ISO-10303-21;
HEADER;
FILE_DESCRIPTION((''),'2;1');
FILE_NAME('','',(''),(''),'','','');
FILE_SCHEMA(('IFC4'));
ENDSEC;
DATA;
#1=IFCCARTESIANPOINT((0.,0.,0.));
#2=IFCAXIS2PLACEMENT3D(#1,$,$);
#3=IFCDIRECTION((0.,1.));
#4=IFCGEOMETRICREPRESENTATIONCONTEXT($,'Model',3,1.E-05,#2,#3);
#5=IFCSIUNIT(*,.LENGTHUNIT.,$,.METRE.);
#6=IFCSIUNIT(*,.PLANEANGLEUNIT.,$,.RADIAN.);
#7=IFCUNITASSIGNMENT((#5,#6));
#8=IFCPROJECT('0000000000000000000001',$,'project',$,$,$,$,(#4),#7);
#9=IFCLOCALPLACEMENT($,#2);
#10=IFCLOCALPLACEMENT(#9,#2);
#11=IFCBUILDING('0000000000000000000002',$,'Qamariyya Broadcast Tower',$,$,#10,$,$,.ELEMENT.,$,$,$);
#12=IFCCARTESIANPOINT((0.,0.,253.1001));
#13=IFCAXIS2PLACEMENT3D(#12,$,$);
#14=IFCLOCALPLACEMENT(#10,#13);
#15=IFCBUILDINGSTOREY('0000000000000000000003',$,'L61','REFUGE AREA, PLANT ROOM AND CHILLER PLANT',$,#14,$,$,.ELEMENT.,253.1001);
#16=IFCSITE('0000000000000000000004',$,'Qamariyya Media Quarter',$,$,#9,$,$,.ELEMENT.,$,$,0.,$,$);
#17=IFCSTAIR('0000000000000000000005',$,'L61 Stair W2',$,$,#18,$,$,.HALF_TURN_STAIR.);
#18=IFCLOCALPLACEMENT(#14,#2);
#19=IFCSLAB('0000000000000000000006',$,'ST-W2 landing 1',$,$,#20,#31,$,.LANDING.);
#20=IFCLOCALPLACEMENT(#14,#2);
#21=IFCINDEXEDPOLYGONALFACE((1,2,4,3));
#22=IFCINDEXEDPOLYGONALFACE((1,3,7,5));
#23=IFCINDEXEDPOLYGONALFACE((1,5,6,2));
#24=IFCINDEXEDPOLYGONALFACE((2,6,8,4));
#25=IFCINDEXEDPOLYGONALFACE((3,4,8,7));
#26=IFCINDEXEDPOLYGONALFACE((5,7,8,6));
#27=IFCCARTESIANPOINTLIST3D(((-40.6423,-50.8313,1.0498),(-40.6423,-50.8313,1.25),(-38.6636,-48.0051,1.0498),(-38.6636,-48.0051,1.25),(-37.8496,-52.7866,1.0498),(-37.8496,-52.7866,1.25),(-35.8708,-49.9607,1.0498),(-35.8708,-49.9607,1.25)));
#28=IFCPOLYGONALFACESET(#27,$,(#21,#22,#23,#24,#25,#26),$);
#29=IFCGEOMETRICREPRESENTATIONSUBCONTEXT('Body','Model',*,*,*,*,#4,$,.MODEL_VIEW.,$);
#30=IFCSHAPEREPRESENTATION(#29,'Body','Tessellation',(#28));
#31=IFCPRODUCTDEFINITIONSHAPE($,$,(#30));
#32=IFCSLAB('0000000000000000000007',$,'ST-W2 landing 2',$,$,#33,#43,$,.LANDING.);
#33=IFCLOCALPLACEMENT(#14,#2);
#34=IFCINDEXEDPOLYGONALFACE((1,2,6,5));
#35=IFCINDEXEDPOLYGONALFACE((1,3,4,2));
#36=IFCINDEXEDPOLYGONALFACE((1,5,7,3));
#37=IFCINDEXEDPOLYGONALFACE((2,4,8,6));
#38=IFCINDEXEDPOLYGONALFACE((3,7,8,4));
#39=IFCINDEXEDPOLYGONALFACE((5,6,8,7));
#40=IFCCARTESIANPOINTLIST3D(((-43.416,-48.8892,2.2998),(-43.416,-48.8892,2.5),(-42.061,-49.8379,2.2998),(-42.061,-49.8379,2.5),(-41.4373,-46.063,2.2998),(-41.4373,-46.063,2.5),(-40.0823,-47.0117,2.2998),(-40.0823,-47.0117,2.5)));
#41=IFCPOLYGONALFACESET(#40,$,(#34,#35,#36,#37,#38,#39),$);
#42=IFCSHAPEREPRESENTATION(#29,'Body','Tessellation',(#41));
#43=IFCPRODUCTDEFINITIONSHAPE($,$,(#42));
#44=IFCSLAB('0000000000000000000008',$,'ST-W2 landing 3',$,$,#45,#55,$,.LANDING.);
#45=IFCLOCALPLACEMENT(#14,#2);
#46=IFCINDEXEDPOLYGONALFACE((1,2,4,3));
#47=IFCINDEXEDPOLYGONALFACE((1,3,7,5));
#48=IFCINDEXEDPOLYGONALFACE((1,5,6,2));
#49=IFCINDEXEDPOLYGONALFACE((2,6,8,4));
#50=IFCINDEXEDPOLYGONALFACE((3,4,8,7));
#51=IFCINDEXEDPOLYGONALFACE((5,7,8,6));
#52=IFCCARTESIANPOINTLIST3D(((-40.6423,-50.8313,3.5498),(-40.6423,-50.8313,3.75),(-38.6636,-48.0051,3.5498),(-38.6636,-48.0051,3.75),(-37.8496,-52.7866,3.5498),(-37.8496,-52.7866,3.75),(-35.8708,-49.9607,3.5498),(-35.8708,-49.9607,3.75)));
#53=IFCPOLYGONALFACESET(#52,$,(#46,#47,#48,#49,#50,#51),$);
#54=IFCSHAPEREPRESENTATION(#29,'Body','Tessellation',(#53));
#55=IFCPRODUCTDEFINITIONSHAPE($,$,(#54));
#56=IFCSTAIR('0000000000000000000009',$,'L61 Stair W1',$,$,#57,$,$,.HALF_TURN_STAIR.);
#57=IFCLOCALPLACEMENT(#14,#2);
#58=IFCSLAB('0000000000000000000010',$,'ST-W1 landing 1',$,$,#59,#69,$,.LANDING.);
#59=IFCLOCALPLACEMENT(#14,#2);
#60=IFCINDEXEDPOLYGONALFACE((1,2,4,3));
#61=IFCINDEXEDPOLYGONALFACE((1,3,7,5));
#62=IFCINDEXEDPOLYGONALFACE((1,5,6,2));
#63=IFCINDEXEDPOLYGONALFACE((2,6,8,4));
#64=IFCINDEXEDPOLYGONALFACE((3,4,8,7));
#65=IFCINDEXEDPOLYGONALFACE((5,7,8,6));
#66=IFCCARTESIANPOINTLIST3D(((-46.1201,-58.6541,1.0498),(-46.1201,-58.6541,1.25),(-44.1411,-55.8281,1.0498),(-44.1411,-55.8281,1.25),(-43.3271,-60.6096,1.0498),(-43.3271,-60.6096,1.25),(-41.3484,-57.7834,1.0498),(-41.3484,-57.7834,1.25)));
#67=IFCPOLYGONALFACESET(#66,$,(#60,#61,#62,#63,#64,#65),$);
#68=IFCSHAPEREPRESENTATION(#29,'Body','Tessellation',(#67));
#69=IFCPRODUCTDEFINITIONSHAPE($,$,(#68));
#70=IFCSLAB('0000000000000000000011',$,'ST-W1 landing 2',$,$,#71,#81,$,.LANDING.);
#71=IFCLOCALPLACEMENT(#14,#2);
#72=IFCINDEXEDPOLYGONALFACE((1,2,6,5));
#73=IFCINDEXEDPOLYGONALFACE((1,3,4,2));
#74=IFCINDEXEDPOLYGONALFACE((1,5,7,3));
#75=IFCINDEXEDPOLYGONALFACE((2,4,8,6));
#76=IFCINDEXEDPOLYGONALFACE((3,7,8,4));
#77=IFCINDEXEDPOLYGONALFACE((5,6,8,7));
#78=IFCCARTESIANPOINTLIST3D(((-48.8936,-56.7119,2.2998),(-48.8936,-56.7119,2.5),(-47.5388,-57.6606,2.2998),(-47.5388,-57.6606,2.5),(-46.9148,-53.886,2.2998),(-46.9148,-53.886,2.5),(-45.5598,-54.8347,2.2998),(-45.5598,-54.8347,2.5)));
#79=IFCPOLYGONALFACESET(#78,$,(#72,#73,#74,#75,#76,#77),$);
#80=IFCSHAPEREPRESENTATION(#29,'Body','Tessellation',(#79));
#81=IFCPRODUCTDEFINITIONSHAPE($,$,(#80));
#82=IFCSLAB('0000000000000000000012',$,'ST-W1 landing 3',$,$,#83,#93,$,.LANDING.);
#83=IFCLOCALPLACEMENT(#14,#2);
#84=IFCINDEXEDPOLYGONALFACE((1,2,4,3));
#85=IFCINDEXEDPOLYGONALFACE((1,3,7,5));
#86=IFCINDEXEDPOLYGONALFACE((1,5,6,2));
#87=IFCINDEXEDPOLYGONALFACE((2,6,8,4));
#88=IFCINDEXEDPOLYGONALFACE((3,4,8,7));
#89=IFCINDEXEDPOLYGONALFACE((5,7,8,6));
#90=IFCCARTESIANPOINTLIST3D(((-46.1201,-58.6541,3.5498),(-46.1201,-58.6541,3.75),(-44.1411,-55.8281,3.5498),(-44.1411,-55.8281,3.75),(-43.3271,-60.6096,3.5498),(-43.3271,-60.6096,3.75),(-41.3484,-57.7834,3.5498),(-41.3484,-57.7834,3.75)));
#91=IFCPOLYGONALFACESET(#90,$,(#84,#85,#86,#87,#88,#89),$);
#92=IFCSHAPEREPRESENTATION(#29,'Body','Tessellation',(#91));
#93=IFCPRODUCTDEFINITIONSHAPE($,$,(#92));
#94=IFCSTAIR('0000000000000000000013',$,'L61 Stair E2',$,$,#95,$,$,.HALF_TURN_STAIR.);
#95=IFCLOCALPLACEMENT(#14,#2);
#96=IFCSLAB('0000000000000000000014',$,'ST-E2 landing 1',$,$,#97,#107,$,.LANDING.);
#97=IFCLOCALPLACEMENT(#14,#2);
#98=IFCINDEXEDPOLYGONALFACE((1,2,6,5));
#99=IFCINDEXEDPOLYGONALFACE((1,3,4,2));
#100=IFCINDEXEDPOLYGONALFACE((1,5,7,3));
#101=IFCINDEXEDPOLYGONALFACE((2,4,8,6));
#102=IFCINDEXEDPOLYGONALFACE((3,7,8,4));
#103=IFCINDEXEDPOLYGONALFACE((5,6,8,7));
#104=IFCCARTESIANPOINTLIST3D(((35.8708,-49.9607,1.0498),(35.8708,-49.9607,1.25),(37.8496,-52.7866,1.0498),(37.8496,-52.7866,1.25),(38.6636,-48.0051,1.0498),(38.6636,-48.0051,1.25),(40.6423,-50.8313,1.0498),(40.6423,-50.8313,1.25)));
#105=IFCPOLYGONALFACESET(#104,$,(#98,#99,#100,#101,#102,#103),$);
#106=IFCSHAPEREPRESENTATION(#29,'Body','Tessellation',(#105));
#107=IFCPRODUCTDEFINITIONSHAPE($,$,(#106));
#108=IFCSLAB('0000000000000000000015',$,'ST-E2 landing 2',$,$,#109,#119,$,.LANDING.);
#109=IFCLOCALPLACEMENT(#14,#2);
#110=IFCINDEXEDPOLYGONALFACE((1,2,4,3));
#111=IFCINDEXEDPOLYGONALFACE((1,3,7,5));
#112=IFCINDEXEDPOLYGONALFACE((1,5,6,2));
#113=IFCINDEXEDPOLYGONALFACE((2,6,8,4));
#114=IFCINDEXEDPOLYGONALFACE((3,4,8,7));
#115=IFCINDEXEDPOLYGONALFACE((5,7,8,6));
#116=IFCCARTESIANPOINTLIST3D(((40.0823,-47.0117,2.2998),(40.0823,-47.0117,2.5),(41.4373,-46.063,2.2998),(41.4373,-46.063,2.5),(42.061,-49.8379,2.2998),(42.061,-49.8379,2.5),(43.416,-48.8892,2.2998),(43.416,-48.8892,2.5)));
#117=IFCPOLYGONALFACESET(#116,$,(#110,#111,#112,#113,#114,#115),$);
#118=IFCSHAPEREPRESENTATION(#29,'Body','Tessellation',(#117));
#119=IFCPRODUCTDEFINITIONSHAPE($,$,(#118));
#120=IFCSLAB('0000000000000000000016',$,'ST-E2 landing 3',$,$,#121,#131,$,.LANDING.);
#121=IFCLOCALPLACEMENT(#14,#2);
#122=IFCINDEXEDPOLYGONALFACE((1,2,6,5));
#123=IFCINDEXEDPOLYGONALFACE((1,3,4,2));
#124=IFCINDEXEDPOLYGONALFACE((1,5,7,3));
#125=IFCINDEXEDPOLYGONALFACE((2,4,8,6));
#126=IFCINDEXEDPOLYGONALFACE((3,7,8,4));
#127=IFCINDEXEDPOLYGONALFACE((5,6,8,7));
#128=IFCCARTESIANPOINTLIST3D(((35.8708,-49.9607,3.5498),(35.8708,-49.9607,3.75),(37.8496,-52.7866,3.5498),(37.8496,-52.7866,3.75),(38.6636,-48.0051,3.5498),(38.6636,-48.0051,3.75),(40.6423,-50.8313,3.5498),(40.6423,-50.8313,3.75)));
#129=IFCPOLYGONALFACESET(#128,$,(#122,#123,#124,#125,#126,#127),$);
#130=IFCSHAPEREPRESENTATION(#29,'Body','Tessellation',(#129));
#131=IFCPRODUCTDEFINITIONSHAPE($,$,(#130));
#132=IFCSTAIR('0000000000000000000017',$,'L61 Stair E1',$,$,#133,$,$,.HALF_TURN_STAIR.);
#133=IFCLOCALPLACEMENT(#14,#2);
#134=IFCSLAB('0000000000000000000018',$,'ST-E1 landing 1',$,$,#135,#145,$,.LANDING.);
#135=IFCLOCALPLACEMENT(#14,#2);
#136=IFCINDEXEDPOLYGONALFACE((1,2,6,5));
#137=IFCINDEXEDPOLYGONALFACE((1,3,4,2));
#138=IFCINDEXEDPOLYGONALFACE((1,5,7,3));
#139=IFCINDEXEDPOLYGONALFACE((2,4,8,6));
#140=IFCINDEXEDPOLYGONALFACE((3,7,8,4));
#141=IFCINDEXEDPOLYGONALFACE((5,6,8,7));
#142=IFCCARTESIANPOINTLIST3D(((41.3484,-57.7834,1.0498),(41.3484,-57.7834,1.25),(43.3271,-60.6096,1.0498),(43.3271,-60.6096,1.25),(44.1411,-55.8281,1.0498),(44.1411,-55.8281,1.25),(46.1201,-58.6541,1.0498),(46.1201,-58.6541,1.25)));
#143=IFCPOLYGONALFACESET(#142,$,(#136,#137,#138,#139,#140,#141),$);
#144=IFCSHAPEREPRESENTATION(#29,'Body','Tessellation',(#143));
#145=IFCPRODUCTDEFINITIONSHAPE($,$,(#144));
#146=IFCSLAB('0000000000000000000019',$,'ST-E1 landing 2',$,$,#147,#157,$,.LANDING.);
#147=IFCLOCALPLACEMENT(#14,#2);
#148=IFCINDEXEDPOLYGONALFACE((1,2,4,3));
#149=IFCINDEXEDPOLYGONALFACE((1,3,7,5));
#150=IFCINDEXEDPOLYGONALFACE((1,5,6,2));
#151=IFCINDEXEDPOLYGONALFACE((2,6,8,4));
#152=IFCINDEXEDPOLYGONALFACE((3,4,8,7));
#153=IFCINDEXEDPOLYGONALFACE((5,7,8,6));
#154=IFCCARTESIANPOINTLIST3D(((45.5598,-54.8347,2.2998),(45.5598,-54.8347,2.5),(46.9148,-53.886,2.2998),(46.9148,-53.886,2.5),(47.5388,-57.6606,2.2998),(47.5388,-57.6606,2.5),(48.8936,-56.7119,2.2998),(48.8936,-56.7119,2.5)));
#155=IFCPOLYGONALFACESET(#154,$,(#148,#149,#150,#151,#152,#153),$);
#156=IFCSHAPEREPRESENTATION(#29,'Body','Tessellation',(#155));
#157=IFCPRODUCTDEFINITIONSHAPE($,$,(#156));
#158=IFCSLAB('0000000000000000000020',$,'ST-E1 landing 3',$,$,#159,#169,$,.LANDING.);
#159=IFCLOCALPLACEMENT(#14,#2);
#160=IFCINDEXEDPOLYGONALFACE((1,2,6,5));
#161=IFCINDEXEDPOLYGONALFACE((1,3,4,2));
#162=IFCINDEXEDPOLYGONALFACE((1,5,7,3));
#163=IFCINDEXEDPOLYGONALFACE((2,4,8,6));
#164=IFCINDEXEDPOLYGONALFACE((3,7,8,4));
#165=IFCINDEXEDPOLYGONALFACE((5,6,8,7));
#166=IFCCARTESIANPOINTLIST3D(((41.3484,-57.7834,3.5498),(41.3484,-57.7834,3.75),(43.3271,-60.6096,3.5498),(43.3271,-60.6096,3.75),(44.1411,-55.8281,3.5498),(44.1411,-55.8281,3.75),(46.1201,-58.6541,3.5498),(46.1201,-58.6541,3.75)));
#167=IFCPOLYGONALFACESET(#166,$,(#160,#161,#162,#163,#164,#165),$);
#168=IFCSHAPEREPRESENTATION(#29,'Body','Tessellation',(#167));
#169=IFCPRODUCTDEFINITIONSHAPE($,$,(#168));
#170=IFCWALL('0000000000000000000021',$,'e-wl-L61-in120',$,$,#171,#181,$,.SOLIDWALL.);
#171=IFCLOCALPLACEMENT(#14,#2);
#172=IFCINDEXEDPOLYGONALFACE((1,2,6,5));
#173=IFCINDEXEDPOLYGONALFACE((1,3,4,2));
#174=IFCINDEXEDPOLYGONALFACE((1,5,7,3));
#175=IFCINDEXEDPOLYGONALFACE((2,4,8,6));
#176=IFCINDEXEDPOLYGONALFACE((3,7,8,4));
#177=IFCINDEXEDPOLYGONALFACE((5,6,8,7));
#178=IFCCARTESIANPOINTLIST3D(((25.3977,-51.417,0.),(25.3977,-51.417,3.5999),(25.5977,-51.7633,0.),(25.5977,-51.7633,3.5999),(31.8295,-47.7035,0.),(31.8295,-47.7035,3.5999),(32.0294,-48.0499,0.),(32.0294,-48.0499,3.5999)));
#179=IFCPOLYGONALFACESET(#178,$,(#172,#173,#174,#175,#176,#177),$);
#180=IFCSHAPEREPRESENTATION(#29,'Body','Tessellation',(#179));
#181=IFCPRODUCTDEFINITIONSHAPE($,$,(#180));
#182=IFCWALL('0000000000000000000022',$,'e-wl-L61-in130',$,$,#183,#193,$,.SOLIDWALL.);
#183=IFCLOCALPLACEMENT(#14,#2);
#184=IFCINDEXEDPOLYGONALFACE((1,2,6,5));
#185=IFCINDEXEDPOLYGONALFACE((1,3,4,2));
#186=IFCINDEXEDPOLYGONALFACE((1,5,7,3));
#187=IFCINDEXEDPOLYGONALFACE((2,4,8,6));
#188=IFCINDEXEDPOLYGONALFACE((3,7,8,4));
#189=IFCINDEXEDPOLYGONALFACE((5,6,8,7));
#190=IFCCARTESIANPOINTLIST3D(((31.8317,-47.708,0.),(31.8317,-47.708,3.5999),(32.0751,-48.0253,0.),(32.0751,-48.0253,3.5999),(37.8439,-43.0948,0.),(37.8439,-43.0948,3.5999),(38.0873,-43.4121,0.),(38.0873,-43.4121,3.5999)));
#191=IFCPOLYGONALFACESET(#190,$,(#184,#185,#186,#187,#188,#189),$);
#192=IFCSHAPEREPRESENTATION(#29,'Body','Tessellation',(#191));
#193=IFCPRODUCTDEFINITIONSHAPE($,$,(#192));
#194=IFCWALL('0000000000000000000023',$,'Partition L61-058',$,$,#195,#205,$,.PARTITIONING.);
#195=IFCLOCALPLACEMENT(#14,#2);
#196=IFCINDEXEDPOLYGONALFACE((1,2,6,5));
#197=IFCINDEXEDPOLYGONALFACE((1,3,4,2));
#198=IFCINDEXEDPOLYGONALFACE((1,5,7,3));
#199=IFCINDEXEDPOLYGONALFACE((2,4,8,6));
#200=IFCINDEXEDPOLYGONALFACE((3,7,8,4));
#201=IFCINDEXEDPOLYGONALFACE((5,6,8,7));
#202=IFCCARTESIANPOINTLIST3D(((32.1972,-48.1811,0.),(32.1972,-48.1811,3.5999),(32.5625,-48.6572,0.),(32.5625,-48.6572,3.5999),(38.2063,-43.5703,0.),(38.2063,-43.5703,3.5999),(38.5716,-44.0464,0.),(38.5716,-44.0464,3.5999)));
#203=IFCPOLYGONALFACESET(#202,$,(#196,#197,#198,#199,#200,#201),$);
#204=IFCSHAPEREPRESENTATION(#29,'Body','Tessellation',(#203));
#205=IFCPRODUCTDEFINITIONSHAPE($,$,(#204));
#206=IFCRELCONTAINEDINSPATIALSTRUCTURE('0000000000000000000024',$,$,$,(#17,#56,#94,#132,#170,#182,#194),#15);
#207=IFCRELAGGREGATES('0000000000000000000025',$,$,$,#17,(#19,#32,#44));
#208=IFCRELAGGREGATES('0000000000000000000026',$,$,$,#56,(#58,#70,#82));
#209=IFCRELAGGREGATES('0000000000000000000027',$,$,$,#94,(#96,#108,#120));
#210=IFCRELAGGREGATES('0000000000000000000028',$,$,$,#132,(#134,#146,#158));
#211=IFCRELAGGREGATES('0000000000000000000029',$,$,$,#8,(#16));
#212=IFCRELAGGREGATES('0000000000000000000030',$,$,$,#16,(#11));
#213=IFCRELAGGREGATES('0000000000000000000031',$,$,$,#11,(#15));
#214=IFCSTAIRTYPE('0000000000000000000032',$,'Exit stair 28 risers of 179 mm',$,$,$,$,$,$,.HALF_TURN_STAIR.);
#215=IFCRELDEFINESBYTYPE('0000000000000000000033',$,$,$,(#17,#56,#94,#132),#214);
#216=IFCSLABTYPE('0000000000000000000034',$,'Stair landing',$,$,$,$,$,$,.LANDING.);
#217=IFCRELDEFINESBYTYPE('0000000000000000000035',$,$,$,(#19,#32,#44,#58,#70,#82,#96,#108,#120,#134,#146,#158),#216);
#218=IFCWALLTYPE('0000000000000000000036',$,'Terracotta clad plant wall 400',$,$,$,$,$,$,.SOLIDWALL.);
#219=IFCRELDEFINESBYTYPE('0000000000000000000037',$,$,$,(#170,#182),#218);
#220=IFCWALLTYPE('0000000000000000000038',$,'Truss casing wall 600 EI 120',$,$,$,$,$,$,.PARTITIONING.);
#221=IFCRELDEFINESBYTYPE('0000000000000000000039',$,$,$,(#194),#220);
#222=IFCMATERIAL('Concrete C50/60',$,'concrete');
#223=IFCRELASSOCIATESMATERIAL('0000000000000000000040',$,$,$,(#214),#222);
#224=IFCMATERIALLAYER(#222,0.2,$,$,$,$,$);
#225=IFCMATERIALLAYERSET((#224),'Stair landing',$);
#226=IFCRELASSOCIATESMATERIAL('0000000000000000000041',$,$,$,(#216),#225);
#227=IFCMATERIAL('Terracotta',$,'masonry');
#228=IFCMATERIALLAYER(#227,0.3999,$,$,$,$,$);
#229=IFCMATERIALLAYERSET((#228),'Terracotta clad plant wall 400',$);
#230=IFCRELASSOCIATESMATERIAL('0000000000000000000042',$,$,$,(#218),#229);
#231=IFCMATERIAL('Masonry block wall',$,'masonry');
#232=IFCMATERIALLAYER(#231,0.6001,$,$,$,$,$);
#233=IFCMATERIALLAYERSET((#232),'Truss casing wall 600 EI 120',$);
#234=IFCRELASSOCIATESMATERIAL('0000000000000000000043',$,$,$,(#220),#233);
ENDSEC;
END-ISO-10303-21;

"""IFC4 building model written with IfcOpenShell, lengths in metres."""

from ifc_helpers import new_model, si_unit, direction, frame, frame_2d, origin, place, context, subcontext, project, spatial, polyline, rectangle, outline, extrude, material, layer, layer_set, type_object, element, aggregate, save


model = new_model("IFC4")

# Units and contexts
model_context = context("Model", 3, precision=1e-05, world=origin(), true_north=direction((0.0, 1.0)))
body_context = subcontext(model_context, "Body", "Model", "MODEL_VIEW")
ifc_project = project(units=[si_unit("LENGTHUNIT", "METRE"), si_unit("PLANEANGLEUNIT", "RADIAN")], contexts=[model_context])

# Site, building, storey
site_placement = place(None, origin())
site = spatial("IfcSite", under=ifc_project, at=site_placement, Name="Qamariyya Media Quarter", CompositionType="ELEMENT", RefElevation=0.0)
building_placement = place(site_placement, origin())
building = spatial("IfcBuilding", under=site, at=building_placement, Name="Qamariyya Broadcast Tower", CompositionType="ELEMENT")
storey_placement = place(building_placement, frame((0.0, 0.0, 253.1001)))
storey = spatial("IfcBuildingStorey", under=building, at=storey_placement, Name="L61", Description="REFUGE AREA, PLANT ROOM AND CHILLER PLANT", CompositionType="ELEMENT", Elevation=253.1001)

# Stairs, slabs
ifc_material_1 = material(Name="Concrete C50/60", Category="concrete")
stair_type = type_object("IfcStairType", Name="Exit stair 28 risers of 179 mm", PredefinedType="HALF_TURN_STAIR", material=ifc_material_1)
stair_1_placement = place(storey_placement, origin())
stair_1 = element("IfcStair", 1, at=stair_1_placement, inside=storey, type_object=stair_type, Name="L61 Stair W2", PredefinedType="HALF_TURN_STAIR")
ifc_layer_1 = layer(ifc_material_1, 0.2)
ifc_layer_set_1 = layer_set([ifc_layer_1], Name="Stair landing")
slab_type_1 = type_object("IfcSlabType", Name="Stair landing", PredefinedType="LANDING", material=ifc_layer_set_1)
slab_1_placement = place(storey_placement, frame((0.0, 0.0, 1.0498)))
slab_1 = element("IfcSlab", 2, at=slab_1_placement, type_object=slab_type_1, Name="ST-W2 landing 1", PredefinedType="LANDING", context=body_context, shape_type="SweptSolid", body=[
    extrude(outline(polyline([(-40.6423, -50.8313), (-37.8496, -52.7866), (-35.8708, -49.9607), (-38.6636, -48.0051), (-40.6423, -50.8313)])), origin(), (0.0, 0.0, 1.0), 0.2002),
])
slab_2_placement = place(storey_placement, frame((0.0, 0.0, 2.2998)))
slab_2 = element("IfcSlab", 3, at=slab_2_placement, type_object=slab_type_1, Name="ST-W2 landing 2", PredefinedType="LANDING", context=body_context, shape_type="SweptSolid", body=[
    extrude(outline(polyline([(-43.416, -48.8892), (-42.061, -49.8379), (-40.0823, -47.0117), (-41.4373, -46.063), (-43.416, -48.8892)])), origin(), (0.0, 0.0, 1.0), 0.2002),
])
slab_3_placement = place(storey_placement, frame((0.0, 0.0, 3.5498)))
slab_3 = element("IfcSlab", 4, at=slab_3_placement, type_object=slab_type_1, Name="ST-W2 landing 3", PredefinedType="LANDING", context=body_context, shape_type="SweptSolid", body=[
    extrude(outline(polyline([(-40.6423, -50.8313), (-37.8496, -52.7866), (-35.8708, -49.9607), (-38.6636, -48.0051), (-40.6423, -50.8313)])), origin(), (0.0, 0.0, 1.0), 0.2002),
])
aggregate(stair_1, [slab_1, slab_2, slab_3])
stair_2_placement = place(storey_placement, origin())
stair_2 = element("IfcStair", 5, at=stair_2_placement, inside=storey, type_object=stair_type, Name="L61 Stair W1", PredefinedType="HALF_TURN_STAIR")
slab_4_placement = place(storey_placement, frame((0.0, 0.0, 1.0498)))
slab_4 = element("IfcSlab", 6, at=slab_4_placement, type_object=slab_type_1, Name="ST-W1 landing 1", PredefinedType="LANDING", context=body_context, shape_type="SweptSolid", body=[
    extrude(outline(polyline([(-46.1201, -58.6541), (-43.3271, -60.6096), (-41.3484, -57.7834), (-44.1411, -55.8281), (-46.1201, -58.6541)])), origin(), (0.0, 0.0, 1.0), 0.2002),
])
slab_5_placement = place(storey_placement, frame((0.0, 0.0, 2.2998)))
slab_5 = element("IfcSlab", 7, at=slab_5_placement, type_object=slab_type_1, Name="ST-W1 landing 2", PredefinedType="LANDING", context=body_context, shape_type="SweptSolid", body=[
    extrude(outline(polyline([(-48.8936, -56.7119), (-47.5388, -57.6606), (-45.5598, -54.8347), (-46.9148, -53.886), (-48.8936, -56.7119)])), origin(), (0.0, 0.0, 1.0), 0.2002),
])
slab_6_placement = place(storey_placement, frame((0.0, 0.0, 3.5498)))
slab_6 = element("IfcSlab", 8, at=slab_6_placement, type_object=slab_type_1, Name="ST-W1 landing 3", PredefinedType="LANDING", context=body_context, shape_type="SweptSolid", body=[
    extrude(outline(polyline([(-46.1201, -58.6541), (-43.3271, -60.6096), (-41.3484, -57.7834), (-44.1411, -55.8281), (-46.1201, -58.6541)])), origin(), (0.0, 0.0, 1.0), 0.2002),
])
aggregate(stair_2, [slab_4, slab_5, slab_6])
stair_3_placement = place(storey_placement, origin())
stair_3 = element("IfcStair", 9, at=stair_3_placement, inside=storey, type_object=stair_type, Name="L61 Stair E2", PredefinedType="HALF_TURN_STAIR")
slab_7_placement = place(storey_placement, frame((0.0, 0.0, 1.0498)))
slab_7 = element("IfcSlab", 10, at=slab_7_placement, type_object=slab_type_1, Name="ST-E2 landing 1", PredefinedType="LANDING", context=body_context, shape_type="SweptSolid", body=[
    extrude(outline(polyline([(38.6636, -48.0051), (35.8708, -49.9607), (37.8496, -52.7866), (40.6423, -50.8313), (38.6636, -48.0051)])), origin(), (0.0, 0.0, 1.0), 0.2002),
])
slab_8_placement = place(storey_placement, frame((0.0, 0.0, 2.2998)))
slab_8 = element("IfcSlab", 11, at=slab_8_placement, type_object=slab_type_1, Name="ST-E2 landing 2", PredefinedType="LANDING", context=body_context, shape_type="SweptSolid", body=[
    extrude(outline(polyline([(41.4373, -46.063), (40.0823, -47.0117), (42.061, -49.8379), (43.416, -48.8892), (41.4373, -46.063)])), origin(), (0.0, 0.0, 1.0), 0.2002),
])
slab_9_placement = place(storey_placement, frame((0.0, 0.0, 3.5498)))
slab_9 = element("IfcSlab", 12, at=slab_9_placement, type_object=slab_type_1, Name="ST-E2 landing 3", PredefinedType="LANDING", context=body_context, shape_type="SweptSolid", body=[
    extrude(outline(polyline([(38.6636, -48.0051), (35.8708, -49.9607), (37.8496, -52.7866), (40.6423, -50.8313), (38.6636, -48.0051)])), origin(), (0.0, 0.0, 1.0), 0.2002),
])
aggregate(stair_3, [slab_7, slab_8, slab_9])
stair_4_placement = place(storey_placement, origin())
stair_4 = element("IfcStair", 13, at=stair_4_placement, inside=storey, type_object=stair_type, Name="L61 Stair E1", PredefinedType="HALF_TURN_STAIR")
slab_10_placement = place(storey_placement, frame((0.0, 0.0, 1.0498)))
slab_10 = element("IfcSlab", 14, at=slab_10_placement, type_object=slab_type_1, Name="ST-E1 landing 1", PredefinedType="LANDING", context=body_context, shape_type="SweptSolid", body=[
    extrude(outline(polyline([(44.1411, -55.8281), (41.3484, -57.7834), (43.3271, -60.6096), (46.1201, -58.6541), (44.1411, -55.8281)])), origin(), (0.0, 0.0, 1.0), 0.2002),
])
slab_11_placement = place(storey_placement, frame((0.0, 0.0, 2.2998)))
slab_11 = element("IfcSlab", 15, at=slab_11_placement, type_object=slab_type_1, Name="ST-E1 landing 2", PredefinedType="LANDING", context=body_context, shape_type="SweptSolid", body=[
    extrude(outline(polyline([(46.9148, -53.886), (45.5598, -54.8347), (47.5388, -57.6606), (48.8936, -56.7119), (46.9148, -53.886)])), origin(), (0.0, 0.0, 1.0), 0.2002),
])
slab_12_placement = place(storey_placement, frame((0.0, 0.0, 3.5498)))
slab_12 = element("IfcSlab", 16, at=slab_12_placement, type_object=slab_type_1, Name="ST-E1 landing 3", PredefinedType="LANDING", context=body_context, shape_type="SweptSolid", body=[
    extrude(outline(polyline([(44.1411, -55.8281), (41.3484, -57.7834), (43.3271, -60.6096), (46.1201, -58.6541), (44.1411, -55.8281)])), origin(), (0.0, 0.0, 1.0), 0.2002),
])
aggregate(stair_4, [slab_10, slab_11, slab_12])

# Walls
ifc_material_2 = material(Name="Terracotta", Category="masonry")
ifc_layer_2 = layer(ifc_material_2, 0.3999)
ifc_layer_set_2 = layer_set([ifc_layer_2], Name="Terracotta clad plant wall 400")
wall_type_1 = type_object("IfcWallType", Name="Terracotta clad plant wall 400", PredefinedType="SOLIDWALL", material=ifc_layer_set_2)
wall_1_placement = place(storey_placement, frame((31.9294, -47.8767, 0.0), z_axis=(0.0, 0.0, 1.0), x_axis=(-0.866021, -0.500007, 0.0)))
element("IfcWall", 17, at=wall_1_placement, inside=storey, type_object=wall_type_1, Name="e-wl-L61-in120", PredefinedType="SOLIDWALL", context=body_context, shape_type="SweptSolid", body=[
    extrude(rectangle(XDim=7.4268, YDim=0.3999, at=frame_2d((3.7134, 0.0))), origin(), (0.0, 0.0, 1.0), 3.5999),
])
wall_2_placement = place(storey_placement, frame((37.9656, -43.2534, 0.0), z_axis=(0.0, 0.0, 1.0), x_axis=(-0.793356, -0.608757, 0.0)))
element("IfcWall", 18, at=wall_2_placement, inside=storey, type_object=wall_type_1, Name="e-wl-L61-in130", PredefinedType="SOLIDWALL", context=body_context, shape_type="SweptSolid", body=[
    extrude(rectangle(XDim=7.5781, YDim=0.3999, at=frame_2d((3.7891, 0.0))), origin(), (0.0, 0.0, 1.0), 3.5999),
])
ifc_material_3 = material(Name="Masonry block wall", Category="masonry")
ifc_layer_3 = layer(ifc_material_3, 0.6001)
ifc_layer_set_3 = layer_set([ifc_layer_3], Name="Truss casing wall 600 EI 120")
wall_type_2 = type_object("IfcWallType", Name="Truss casing wall 600 EI 120", PredefinedType="PARTITIONING", material=ifc_layer_set_3)
wall_3_placement = place(storey_placement, frame((32.3799, -48.4192, 0.0), z_axis=(0.0, 0.0, 1.0), x_axis=(0.793357, 0.608757, 0.0)))
element("IfcWall", 19, at=wall_3_placement, inside=storey, type_object=wall_type_2, Name="Partition L61-058", PredefinedType="PARTITIONING", context=body_context, shape_type="SweptSolid", body=[
    extrude(rectangle(XDim=7.5742, YDim=0.6001, at=frame_2d((3.7871, 0.0))), origin(), (0.0, 0.0, 1.0), 3.5999),
])

save(model, "model.ifc")
